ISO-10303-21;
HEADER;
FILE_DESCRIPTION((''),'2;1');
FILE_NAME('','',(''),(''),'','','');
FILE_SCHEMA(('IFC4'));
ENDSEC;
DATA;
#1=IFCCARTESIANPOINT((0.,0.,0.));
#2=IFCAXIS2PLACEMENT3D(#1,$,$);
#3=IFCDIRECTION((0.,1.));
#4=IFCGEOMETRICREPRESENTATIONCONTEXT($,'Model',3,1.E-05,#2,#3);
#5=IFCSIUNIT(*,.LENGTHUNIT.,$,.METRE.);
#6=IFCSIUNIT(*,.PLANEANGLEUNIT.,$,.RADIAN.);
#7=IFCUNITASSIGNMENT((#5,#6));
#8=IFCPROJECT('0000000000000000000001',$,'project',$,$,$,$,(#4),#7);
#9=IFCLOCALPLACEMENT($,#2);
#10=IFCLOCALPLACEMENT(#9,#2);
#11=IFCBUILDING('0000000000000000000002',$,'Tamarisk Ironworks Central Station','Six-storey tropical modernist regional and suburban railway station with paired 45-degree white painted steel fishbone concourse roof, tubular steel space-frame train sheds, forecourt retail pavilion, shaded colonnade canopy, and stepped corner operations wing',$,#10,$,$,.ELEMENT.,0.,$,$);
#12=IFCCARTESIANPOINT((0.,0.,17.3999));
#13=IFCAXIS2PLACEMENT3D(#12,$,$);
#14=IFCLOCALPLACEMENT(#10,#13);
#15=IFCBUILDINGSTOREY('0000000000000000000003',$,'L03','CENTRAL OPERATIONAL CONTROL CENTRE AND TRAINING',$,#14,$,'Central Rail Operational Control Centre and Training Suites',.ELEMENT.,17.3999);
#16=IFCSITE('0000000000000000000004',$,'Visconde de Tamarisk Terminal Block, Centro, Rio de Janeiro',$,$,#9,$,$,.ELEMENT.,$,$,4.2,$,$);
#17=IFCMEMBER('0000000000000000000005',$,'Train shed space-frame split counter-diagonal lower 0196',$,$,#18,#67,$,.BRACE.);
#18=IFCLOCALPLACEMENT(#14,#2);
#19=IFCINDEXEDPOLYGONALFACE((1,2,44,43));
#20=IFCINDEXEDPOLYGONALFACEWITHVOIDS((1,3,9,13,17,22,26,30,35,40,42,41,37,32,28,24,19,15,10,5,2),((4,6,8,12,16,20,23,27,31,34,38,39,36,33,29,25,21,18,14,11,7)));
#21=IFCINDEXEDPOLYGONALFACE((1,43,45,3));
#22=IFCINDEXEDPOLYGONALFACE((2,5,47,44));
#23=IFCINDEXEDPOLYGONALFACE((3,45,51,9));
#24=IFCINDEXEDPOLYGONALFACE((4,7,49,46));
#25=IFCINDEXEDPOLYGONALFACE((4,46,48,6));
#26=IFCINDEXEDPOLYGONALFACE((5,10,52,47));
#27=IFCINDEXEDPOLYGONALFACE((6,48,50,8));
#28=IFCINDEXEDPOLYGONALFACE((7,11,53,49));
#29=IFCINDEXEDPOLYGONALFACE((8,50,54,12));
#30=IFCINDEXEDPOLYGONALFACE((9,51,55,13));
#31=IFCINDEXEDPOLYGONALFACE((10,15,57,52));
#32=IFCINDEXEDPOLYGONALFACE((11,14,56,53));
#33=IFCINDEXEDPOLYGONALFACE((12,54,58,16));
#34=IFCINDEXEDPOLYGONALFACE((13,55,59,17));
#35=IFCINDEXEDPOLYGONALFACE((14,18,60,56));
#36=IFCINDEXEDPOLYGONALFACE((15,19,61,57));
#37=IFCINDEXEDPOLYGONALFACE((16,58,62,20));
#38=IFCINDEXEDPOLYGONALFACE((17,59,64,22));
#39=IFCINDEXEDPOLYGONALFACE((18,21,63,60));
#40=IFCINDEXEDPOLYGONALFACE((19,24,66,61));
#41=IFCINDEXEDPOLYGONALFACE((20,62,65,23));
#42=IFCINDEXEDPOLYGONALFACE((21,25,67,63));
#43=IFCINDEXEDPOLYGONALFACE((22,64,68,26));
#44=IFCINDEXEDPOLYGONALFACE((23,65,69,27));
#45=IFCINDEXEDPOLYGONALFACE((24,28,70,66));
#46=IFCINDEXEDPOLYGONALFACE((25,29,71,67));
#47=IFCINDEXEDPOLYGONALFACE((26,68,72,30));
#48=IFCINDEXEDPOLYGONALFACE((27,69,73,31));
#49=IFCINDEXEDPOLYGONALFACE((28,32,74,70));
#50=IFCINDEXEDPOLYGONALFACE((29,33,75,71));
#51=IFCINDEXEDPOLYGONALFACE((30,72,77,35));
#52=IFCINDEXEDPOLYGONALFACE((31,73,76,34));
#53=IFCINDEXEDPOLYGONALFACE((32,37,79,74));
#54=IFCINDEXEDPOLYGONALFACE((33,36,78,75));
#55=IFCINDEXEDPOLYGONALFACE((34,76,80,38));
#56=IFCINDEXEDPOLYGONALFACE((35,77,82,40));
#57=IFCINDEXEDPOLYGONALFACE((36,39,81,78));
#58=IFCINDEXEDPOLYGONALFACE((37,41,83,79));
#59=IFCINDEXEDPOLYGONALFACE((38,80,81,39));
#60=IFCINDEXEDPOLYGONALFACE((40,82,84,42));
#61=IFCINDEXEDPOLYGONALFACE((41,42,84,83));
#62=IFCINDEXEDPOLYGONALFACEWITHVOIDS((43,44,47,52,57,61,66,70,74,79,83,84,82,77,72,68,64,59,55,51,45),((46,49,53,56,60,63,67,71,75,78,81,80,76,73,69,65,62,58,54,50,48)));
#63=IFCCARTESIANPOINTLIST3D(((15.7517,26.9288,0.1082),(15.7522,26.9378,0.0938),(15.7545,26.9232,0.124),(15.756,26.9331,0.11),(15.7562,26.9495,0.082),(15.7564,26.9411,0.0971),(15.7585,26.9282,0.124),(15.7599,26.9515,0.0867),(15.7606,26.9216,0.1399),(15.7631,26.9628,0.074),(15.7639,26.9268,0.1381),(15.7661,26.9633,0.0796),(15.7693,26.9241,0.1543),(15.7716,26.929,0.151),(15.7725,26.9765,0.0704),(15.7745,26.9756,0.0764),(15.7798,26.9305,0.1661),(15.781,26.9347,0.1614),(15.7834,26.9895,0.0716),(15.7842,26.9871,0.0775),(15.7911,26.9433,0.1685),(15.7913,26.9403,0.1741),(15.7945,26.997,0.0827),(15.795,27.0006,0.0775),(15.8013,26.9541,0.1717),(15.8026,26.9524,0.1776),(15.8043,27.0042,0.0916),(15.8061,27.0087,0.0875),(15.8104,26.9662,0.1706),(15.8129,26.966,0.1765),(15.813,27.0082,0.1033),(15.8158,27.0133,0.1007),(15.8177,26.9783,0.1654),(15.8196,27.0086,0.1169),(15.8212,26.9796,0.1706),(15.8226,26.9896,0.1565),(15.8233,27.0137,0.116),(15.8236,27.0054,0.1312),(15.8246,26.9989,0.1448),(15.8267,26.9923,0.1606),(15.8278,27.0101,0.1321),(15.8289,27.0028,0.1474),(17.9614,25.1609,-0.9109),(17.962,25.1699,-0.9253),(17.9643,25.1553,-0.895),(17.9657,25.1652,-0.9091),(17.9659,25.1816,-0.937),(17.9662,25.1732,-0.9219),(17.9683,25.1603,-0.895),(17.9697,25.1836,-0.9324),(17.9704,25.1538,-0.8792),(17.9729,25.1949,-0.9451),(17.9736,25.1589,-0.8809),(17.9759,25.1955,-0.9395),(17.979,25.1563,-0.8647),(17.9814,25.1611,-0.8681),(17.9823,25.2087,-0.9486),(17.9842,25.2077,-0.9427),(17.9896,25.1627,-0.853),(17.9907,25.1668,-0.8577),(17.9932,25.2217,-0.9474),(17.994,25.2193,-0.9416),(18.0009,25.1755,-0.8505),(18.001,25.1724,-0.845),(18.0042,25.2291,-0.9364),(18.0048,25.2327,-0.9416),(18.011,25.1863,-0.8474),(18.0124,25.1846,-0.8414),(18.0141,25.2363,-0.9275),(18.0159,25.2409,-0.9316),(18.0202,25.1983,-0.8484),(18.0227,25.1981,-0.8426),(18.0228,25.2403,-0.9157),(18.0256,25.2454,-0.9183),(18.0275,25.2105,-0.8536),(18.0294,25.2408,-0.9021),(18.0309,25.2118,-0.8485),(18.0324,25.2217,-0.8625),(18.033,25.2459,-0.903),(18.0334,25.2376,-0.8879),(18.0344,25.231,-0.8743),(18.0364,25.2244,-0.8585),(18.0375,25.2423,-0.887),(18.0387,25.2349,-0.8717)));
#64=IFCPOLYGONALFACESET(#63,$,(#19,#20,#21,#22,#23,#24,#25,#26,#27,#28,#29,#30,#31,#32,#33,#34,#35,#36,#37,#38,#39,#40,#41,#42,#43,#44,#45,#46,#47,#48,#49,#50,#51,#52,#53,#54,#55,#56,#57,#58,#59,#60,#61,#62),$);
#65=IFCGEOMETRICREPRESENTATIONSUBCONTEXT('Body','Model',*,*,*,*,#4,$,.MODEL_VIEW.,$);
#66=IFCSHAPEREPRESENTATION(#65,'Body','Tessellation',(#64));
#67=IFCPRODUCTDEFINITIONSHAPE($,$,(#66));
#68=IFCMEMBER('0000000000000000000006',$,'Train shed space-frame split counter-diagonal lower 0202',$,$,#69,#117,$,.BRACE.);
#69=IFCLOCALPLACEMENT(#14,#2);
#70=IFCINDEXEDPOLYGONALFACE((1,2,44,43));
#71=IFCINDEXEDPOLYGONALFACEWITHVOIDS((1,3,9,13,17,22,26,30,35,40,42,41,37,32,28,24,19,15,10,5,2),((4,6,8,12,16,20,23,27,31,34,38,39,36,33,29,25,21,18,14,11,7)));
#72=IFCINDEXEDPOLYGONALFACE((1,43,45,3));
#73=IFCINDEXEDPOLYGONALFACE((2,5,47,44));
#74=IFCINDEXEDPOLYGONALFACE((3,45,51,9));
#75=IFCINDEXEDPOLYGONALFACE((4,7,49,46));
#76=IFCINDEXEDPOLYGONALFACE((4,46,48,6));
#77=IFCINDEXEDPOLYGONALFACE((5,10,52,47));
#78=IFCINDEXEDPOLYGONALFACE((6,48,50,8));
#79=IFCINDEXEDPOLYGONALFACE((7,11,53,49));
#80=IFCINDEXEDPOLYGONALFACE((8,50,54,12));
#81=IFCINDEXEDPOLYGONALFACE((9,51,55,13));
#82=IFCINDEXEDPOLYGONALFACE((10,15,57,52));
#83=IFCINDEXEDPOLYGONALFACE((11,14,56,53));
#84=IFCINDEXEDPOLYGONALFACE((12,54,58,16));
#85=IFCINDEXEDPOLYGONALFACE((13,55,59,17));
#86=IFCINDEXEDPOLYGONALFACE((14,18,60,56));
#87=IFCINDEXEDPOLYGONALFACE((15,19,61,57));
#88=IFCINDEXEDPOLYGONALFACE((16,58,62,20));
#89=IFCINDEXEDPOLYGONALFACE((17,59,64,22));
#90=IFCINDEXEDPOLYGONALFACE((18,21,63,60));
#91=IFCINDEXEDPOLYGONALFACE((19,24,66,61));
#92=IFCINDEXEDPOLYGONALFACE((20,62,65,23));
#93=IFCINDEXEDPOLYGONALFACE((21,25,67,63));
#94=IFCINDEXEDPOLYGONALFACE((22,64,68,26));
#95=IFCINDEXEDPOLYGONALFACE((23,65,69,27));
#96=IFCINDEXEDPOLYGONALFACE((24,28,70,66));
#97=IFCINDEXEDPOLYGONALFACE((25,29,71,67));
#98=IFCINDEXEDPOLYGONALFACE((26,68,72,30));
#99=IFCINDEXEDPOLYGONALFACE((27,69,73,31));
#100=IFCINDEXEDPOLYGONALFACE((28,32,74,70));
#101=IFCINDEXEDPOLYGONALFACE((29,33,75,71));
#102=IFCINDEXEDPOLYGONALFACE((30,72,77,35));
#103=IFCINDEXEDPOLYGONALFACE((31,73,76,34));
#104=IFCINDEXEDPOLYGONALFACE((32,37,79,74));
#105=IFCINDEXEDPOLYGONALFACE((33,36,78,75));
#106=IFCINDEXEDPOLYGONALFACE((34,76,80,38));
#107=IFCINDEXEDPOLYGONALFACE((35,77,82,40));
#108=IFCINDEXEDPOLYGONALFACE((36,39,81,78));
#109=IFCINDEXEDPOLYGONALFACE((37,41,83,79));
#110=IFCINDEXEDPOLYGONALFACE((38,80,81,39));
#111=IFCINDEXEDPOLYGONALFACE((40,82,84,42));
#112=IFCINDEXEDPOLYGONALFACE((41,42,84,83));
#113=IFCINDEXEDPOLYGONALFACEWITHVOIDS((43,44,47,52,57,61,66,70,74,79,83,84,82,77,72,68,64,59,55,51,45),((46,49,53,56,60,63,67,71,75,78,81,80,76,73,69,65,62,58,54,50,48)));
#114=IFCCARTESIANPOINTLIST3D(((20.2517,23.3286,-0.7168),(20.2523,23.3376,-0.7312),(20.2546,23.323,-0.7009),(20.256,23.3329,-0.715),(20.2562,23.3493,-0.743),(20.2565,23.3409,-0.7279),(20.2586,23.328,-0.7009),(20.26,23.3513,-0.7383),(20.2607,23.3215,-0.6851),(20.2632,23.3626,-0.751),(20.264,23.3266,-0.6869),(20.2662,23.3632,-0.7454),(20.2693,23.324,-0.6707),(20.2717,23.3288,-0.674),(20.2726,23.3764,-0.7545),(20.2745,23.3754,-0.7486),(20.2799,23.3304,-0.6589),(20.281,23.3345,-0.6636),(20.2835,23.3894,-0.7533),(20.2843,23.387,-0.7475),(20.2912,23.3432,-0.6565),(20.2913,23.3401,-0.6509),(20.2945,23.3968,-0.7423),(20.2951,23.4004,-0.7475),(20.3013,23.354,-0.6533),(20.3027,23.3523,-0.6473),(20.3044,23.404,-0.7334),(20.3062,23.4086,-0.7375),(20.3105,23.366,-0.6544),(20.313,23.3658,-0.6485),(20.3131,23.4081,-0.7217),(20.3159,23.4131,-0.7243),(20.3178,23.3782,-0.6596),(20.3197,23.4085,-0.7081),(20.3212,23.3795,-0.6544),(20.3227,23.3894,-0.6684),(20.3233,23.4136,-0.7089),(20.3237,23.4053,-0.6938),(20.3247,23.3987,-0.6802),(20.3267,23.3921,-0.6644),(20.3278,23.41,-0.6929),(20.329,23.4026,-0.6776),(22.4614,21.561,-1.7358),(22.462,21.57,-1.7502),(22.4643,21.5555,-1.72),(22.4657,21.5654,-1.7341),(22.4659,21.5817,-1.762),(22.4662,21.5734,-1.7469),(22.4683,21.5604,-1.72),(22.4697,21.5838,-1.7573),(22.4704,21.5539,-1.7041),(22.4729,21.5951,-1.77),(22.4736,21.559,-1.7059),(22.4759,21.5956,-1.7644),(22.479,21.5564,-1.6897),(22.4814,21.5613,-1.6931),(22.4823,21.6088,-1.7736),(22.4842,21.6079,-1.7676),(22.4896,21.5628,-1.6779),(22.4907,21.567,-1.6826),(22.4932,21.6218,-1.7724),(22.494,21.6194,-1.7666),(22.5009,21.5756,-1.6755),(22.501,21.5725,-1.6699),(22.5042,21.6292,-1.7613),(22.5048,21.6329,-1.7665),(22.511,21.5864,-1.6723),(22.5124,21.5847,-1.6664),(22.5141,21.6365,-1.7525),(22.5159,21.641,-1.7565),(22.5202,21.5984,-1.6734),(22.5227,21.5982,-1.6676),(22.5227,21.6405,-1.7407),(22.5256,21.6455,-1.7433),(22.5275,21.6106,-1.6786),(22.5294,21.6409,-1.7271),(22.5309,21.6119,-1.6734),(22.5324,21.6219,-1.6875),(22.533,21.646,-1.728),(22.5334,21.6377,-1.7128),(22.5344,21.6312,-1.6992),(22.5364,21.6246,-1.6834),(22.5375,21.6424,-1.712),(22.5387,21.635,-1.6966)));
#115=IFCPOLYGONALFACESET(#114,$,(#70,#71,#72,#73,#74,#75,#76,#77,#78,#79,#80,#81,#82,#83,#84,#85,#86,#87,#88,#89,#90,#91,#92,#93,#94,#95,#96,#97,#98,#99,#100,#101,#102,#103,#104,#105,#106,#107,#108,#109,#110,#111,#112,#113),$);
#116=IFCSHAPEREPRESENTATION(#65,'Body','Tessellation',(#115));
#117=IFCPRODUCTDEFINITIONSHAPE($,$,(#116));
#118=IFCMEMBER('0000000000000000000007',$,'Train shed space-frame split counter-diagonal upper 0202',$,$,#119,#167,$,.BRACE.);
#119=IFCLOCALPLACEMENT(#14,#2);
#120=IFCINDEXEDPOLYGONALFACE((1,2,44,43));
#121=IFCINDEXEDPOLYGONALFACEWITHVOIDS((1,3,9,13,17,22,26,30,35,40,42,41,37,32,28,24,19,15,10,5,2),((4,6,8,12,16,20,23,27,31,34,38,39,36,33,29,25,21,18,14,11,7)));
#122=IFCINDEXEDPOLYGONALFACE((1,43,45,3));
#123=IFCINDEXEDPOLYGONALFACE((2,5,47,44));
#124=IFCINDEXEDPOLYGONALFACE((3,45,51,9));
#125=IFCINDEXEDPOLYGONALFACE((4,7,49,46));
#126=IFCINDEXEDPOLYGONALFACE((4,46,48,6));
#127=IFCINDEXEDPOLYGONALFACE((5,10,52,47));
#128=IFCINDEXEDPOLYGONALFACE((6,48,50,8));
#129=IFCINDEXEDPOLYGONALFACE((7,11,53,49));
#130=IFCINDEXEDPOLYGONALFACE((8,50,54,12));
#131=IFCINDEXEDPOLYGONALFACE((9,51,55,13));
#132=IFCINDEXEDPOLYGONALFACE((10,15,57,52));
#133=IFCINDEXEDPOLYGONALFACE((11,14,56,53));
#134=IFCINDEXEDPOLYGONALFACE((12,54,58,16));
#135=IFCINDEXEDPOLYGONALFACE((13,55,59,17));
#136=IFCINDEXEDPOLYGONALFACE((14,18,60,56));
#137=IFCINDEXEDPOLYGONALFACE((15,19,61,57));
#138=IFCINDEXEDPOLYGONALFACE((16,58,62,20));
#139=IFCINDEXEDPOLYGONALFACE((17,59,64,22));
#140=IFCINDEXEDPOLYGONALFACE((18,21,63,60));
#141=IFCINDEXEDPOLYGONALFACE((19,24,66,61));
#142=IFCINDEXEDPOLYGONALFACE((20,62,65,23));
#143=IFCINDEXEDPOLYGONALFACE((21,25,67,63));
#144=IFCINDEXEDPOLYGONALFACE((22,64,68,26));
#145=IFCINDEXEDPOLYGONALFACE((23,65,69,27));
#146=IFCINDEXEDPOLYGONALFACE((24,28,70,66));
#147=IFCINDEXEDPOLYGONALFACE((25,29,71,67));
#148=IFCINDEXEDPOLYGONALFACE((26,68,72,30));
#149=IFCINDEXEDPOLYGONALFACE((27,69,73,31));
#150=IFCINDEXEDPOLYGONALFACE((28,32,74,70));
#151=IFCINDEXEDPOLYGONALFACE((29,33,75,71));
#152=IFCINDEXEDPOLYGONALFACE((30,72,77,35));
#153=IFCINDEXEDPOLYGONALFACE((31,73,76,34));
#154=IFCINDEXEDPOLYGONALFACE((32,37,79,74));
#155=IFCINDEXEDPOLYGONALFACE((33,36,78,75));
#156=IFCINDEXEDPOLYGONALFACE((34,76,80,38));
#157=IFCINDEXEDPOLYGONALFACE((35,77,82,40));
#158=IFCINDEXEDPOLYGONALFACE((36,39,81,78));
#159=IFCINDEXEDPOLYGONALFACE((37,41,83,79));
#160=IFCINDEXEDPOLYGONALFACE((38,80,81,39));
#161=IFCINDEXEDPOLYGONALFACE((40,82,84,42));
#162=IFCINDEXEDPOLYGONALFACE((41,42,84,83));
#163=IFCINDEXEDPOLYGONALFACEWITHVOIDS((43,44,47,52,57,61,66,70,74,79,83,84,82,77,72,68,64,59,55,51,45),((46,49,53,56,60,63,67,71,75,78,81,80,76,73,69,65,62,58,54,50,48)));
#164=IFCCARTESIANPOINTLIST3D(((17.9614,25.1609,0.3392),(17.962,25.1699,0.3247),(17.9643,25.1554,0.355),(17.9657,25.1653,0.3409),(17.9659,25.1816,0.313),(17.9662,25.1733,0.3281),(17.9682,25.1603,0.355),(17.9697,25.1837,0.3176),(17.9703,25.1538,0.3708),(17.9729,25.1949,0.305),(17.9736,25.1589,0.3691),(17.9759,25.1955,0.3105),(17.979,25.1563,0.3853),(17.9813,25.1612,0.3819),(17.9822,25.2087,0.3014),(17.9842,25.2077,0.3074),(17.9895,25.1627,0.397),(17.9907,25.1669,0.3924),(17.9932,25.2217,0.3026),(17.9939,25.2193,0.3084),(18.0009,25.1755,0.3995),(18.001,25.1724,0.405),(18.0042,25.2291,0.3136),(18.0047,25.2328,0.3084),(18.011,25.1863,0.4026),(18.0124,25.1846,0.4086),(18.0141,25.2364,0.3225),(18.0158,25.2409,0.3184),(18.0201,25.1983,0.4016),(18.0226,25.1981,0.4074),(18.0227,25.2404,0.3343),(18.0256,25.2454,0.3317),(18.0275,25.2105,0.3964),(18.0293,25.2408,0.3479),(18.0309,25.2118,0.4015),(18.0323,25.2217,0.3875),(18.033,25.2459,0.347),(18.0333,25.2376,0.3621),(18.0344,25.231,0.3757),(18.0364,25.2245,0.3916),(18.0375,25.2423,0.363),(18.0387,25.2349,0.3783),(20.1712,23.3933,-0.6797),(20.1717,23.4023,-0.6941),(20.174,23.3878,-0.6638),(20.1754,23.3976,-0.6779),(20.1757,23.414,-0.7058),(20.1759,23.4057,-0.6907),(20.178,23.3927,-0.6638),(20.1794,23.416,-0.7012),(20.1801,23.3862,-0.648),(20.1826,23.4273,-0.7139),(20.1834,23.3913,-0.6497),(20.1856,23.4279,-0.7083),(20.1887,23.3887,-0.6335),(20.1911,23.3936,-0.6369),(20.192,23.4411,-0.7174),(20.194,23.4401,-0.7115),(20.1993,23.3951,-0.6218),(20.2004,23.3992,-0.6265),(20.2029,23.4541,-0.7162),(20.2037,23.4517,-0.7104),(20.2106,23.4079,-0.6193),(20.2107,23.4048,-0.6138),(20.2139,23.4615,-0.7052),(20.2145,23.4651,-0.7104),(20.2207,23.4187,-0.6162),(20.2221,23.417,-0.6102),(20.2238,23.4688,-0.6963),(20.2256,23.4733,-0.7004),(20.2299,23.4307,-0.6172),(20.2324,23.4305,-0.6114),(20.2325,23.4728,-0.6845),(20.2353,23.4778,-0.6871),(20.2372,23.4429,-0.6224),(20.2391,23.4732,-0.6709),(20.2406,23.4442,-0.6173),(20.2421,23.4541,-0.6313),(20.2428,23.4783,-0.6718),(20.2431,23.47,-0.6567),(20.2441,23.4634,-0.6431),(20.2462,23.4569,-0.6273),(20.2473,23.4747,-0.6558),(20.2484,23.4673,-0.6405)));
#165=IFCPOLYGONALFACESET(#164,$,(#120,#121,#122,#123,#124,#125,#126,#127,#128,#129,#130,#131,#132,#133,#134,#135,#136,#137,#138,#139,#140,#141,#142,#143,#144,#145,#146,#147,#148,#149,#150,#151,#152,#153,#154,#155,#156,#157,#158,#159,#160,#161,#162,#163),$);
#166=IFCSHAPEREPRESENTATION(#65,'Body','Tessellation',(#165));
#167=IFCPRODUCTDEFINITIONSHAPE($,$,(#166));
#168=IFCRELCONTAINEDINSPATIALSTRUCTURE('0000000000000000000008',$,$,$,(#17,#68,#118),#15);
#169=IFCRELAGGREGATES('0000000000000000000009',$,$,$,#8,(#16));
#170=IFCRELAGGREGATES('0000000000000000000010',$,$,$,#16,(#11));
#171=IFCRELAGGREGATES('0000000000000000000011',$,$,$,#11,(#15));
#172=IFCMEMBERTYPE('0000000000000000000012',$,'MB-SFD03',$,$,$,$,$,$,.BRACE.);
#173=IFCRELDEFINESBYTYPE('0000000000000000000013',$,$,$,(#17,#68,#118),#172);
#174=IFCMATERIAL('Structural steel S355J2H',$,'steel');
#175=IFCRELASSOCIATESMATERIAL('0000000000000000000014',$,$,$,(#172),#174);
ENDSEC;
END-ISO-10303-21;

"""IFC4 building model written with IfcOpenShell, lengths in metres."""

from ifc_helpers import new_model, si_unit, direction, frame, origin, origin_2d, place, context, subcontext, project, spatial, hollow_circle, extrude, material, material_profile, profile_set, type_object, element, save


model = new_model("IFC4")

# Units and contexts
model_context = context("Model", 3, precision=1e-05, world=origin(), true_north=direction((0.0, 1.0)))
body_context = subcontext(model_context, "Body", "Model", "MODEL_VIEW")
ifc_project = project(units=[si_unit("LENGTHUNIT", "METRE"), si_unit("PLANEANGLEUNIT", "RADIAN")], contexts=[model_context])

# Site, building, storey
site_placement = place(None, origin())
site = spatial("IfcSite", under=ifc_project, at=site_placement, Name="Visconde de Tamarisk Terminal Block, Centro, Rio de Janeiro", CompositionType="ELEMENT", RefElevation=4.2)
building_placement = place(site_placement, origin())
building = spatial("IfcBuilding", under=site, at=building_placement, Name="Tamarisk Ironworks Central Station", Description="Six-storey tropical modernist regional and suburban railway station with paired 45-degree white painted steel fishbone concourse roof, tubular steel space-frame train sheds, forecourt retail pavilion, shaded colonnade canopy, and stepped corner operations wing", CompositionType="ELEMENT", ElevationOfRefHeight=0.0)
storey_placement = place(building_placement, frame((0.0, 0.0, 17.3999)))
storey = spatial("IfcBuildingStorey", under=building, at=storey_placement, Name="L03", Description="CENTRAL OPERATIONAL CONTROL CENTRE AND TRAINING", LongName="Central Rail Operational Control Centre and Training Suites", CompositionType="ELEMENT", Elevation=17.3999)

# Members
ifc_material_1 = material(Name="Structural steel S355J2H", Category="steel")
ifc_material_profile_1 = material_profile(ifc_material_1, hollow_circle(Radius=0.0571, WallThickness=0.0063, at=origin_2d()), Name="CHS 114.3x6.3")
ifc_profile_set_1 = profile_set([ifc_material_profile_1], Name="Structural steel S355J2H")
member_type_1 = type_object("IfcMemberType", Name="MB-SFD03", PredefinedType="BRACE", material=ifc_profile_set_1)
member_1_placement = place(storey_placement, frame((18.0, 25.2, -0.895), z_axis=(-0.734677, 0.587758, 0.338807), x_axis=(-0.624706, -0.78086, 0.0)))
element("IfcMember", 1, at=member_1_placement, inside=storey, type_object=member_type_1, Name="Train shed space-frame split counter-diagonal lower 0196", PredefinedType="BRACE", context=body_context, shape_type="SweptSolid", body=[
    extrude(hollow_circle(Radius=0.0571, WallThickness=0.0063, at=origin_2d()), origin(), (0.0, 0.0, 1.0), 3.0078),
])
for number, where, z_axis, x_axis, name in (
    (2, (22.5, 21.6001, -1.72), (-0.734712, 0.587705, 0.338823), (-0.624653, -0.780902, 0.0), "Train shed space-frame split counter-diagonal lower 0202"),
    (3, (20.2097, 23.4324, -0.6638), (-0.734732, 0.587721, 0.338751), (-0.624653, -0.780902, 0.0), "Train shed space-frame split counter-diagonal upper 0202"),
):
    element("IfcMember", number, at=place(storey_placement, frame(where, z_axis=z_axis, x_axis=x_axis)), inside=storey, type_object=member_type_1, Name=name, PredefinedType="BRACE", context=body_context, shape_type="SweptSolid", body=[
        extrude(hollow_circle(Radius=0.0571, WallThickness=0.0063, at=origin_2d()), origin(), (0.0, 0.0, 1.0), 3.0076),
    ])

save(model, "model.ifc")
